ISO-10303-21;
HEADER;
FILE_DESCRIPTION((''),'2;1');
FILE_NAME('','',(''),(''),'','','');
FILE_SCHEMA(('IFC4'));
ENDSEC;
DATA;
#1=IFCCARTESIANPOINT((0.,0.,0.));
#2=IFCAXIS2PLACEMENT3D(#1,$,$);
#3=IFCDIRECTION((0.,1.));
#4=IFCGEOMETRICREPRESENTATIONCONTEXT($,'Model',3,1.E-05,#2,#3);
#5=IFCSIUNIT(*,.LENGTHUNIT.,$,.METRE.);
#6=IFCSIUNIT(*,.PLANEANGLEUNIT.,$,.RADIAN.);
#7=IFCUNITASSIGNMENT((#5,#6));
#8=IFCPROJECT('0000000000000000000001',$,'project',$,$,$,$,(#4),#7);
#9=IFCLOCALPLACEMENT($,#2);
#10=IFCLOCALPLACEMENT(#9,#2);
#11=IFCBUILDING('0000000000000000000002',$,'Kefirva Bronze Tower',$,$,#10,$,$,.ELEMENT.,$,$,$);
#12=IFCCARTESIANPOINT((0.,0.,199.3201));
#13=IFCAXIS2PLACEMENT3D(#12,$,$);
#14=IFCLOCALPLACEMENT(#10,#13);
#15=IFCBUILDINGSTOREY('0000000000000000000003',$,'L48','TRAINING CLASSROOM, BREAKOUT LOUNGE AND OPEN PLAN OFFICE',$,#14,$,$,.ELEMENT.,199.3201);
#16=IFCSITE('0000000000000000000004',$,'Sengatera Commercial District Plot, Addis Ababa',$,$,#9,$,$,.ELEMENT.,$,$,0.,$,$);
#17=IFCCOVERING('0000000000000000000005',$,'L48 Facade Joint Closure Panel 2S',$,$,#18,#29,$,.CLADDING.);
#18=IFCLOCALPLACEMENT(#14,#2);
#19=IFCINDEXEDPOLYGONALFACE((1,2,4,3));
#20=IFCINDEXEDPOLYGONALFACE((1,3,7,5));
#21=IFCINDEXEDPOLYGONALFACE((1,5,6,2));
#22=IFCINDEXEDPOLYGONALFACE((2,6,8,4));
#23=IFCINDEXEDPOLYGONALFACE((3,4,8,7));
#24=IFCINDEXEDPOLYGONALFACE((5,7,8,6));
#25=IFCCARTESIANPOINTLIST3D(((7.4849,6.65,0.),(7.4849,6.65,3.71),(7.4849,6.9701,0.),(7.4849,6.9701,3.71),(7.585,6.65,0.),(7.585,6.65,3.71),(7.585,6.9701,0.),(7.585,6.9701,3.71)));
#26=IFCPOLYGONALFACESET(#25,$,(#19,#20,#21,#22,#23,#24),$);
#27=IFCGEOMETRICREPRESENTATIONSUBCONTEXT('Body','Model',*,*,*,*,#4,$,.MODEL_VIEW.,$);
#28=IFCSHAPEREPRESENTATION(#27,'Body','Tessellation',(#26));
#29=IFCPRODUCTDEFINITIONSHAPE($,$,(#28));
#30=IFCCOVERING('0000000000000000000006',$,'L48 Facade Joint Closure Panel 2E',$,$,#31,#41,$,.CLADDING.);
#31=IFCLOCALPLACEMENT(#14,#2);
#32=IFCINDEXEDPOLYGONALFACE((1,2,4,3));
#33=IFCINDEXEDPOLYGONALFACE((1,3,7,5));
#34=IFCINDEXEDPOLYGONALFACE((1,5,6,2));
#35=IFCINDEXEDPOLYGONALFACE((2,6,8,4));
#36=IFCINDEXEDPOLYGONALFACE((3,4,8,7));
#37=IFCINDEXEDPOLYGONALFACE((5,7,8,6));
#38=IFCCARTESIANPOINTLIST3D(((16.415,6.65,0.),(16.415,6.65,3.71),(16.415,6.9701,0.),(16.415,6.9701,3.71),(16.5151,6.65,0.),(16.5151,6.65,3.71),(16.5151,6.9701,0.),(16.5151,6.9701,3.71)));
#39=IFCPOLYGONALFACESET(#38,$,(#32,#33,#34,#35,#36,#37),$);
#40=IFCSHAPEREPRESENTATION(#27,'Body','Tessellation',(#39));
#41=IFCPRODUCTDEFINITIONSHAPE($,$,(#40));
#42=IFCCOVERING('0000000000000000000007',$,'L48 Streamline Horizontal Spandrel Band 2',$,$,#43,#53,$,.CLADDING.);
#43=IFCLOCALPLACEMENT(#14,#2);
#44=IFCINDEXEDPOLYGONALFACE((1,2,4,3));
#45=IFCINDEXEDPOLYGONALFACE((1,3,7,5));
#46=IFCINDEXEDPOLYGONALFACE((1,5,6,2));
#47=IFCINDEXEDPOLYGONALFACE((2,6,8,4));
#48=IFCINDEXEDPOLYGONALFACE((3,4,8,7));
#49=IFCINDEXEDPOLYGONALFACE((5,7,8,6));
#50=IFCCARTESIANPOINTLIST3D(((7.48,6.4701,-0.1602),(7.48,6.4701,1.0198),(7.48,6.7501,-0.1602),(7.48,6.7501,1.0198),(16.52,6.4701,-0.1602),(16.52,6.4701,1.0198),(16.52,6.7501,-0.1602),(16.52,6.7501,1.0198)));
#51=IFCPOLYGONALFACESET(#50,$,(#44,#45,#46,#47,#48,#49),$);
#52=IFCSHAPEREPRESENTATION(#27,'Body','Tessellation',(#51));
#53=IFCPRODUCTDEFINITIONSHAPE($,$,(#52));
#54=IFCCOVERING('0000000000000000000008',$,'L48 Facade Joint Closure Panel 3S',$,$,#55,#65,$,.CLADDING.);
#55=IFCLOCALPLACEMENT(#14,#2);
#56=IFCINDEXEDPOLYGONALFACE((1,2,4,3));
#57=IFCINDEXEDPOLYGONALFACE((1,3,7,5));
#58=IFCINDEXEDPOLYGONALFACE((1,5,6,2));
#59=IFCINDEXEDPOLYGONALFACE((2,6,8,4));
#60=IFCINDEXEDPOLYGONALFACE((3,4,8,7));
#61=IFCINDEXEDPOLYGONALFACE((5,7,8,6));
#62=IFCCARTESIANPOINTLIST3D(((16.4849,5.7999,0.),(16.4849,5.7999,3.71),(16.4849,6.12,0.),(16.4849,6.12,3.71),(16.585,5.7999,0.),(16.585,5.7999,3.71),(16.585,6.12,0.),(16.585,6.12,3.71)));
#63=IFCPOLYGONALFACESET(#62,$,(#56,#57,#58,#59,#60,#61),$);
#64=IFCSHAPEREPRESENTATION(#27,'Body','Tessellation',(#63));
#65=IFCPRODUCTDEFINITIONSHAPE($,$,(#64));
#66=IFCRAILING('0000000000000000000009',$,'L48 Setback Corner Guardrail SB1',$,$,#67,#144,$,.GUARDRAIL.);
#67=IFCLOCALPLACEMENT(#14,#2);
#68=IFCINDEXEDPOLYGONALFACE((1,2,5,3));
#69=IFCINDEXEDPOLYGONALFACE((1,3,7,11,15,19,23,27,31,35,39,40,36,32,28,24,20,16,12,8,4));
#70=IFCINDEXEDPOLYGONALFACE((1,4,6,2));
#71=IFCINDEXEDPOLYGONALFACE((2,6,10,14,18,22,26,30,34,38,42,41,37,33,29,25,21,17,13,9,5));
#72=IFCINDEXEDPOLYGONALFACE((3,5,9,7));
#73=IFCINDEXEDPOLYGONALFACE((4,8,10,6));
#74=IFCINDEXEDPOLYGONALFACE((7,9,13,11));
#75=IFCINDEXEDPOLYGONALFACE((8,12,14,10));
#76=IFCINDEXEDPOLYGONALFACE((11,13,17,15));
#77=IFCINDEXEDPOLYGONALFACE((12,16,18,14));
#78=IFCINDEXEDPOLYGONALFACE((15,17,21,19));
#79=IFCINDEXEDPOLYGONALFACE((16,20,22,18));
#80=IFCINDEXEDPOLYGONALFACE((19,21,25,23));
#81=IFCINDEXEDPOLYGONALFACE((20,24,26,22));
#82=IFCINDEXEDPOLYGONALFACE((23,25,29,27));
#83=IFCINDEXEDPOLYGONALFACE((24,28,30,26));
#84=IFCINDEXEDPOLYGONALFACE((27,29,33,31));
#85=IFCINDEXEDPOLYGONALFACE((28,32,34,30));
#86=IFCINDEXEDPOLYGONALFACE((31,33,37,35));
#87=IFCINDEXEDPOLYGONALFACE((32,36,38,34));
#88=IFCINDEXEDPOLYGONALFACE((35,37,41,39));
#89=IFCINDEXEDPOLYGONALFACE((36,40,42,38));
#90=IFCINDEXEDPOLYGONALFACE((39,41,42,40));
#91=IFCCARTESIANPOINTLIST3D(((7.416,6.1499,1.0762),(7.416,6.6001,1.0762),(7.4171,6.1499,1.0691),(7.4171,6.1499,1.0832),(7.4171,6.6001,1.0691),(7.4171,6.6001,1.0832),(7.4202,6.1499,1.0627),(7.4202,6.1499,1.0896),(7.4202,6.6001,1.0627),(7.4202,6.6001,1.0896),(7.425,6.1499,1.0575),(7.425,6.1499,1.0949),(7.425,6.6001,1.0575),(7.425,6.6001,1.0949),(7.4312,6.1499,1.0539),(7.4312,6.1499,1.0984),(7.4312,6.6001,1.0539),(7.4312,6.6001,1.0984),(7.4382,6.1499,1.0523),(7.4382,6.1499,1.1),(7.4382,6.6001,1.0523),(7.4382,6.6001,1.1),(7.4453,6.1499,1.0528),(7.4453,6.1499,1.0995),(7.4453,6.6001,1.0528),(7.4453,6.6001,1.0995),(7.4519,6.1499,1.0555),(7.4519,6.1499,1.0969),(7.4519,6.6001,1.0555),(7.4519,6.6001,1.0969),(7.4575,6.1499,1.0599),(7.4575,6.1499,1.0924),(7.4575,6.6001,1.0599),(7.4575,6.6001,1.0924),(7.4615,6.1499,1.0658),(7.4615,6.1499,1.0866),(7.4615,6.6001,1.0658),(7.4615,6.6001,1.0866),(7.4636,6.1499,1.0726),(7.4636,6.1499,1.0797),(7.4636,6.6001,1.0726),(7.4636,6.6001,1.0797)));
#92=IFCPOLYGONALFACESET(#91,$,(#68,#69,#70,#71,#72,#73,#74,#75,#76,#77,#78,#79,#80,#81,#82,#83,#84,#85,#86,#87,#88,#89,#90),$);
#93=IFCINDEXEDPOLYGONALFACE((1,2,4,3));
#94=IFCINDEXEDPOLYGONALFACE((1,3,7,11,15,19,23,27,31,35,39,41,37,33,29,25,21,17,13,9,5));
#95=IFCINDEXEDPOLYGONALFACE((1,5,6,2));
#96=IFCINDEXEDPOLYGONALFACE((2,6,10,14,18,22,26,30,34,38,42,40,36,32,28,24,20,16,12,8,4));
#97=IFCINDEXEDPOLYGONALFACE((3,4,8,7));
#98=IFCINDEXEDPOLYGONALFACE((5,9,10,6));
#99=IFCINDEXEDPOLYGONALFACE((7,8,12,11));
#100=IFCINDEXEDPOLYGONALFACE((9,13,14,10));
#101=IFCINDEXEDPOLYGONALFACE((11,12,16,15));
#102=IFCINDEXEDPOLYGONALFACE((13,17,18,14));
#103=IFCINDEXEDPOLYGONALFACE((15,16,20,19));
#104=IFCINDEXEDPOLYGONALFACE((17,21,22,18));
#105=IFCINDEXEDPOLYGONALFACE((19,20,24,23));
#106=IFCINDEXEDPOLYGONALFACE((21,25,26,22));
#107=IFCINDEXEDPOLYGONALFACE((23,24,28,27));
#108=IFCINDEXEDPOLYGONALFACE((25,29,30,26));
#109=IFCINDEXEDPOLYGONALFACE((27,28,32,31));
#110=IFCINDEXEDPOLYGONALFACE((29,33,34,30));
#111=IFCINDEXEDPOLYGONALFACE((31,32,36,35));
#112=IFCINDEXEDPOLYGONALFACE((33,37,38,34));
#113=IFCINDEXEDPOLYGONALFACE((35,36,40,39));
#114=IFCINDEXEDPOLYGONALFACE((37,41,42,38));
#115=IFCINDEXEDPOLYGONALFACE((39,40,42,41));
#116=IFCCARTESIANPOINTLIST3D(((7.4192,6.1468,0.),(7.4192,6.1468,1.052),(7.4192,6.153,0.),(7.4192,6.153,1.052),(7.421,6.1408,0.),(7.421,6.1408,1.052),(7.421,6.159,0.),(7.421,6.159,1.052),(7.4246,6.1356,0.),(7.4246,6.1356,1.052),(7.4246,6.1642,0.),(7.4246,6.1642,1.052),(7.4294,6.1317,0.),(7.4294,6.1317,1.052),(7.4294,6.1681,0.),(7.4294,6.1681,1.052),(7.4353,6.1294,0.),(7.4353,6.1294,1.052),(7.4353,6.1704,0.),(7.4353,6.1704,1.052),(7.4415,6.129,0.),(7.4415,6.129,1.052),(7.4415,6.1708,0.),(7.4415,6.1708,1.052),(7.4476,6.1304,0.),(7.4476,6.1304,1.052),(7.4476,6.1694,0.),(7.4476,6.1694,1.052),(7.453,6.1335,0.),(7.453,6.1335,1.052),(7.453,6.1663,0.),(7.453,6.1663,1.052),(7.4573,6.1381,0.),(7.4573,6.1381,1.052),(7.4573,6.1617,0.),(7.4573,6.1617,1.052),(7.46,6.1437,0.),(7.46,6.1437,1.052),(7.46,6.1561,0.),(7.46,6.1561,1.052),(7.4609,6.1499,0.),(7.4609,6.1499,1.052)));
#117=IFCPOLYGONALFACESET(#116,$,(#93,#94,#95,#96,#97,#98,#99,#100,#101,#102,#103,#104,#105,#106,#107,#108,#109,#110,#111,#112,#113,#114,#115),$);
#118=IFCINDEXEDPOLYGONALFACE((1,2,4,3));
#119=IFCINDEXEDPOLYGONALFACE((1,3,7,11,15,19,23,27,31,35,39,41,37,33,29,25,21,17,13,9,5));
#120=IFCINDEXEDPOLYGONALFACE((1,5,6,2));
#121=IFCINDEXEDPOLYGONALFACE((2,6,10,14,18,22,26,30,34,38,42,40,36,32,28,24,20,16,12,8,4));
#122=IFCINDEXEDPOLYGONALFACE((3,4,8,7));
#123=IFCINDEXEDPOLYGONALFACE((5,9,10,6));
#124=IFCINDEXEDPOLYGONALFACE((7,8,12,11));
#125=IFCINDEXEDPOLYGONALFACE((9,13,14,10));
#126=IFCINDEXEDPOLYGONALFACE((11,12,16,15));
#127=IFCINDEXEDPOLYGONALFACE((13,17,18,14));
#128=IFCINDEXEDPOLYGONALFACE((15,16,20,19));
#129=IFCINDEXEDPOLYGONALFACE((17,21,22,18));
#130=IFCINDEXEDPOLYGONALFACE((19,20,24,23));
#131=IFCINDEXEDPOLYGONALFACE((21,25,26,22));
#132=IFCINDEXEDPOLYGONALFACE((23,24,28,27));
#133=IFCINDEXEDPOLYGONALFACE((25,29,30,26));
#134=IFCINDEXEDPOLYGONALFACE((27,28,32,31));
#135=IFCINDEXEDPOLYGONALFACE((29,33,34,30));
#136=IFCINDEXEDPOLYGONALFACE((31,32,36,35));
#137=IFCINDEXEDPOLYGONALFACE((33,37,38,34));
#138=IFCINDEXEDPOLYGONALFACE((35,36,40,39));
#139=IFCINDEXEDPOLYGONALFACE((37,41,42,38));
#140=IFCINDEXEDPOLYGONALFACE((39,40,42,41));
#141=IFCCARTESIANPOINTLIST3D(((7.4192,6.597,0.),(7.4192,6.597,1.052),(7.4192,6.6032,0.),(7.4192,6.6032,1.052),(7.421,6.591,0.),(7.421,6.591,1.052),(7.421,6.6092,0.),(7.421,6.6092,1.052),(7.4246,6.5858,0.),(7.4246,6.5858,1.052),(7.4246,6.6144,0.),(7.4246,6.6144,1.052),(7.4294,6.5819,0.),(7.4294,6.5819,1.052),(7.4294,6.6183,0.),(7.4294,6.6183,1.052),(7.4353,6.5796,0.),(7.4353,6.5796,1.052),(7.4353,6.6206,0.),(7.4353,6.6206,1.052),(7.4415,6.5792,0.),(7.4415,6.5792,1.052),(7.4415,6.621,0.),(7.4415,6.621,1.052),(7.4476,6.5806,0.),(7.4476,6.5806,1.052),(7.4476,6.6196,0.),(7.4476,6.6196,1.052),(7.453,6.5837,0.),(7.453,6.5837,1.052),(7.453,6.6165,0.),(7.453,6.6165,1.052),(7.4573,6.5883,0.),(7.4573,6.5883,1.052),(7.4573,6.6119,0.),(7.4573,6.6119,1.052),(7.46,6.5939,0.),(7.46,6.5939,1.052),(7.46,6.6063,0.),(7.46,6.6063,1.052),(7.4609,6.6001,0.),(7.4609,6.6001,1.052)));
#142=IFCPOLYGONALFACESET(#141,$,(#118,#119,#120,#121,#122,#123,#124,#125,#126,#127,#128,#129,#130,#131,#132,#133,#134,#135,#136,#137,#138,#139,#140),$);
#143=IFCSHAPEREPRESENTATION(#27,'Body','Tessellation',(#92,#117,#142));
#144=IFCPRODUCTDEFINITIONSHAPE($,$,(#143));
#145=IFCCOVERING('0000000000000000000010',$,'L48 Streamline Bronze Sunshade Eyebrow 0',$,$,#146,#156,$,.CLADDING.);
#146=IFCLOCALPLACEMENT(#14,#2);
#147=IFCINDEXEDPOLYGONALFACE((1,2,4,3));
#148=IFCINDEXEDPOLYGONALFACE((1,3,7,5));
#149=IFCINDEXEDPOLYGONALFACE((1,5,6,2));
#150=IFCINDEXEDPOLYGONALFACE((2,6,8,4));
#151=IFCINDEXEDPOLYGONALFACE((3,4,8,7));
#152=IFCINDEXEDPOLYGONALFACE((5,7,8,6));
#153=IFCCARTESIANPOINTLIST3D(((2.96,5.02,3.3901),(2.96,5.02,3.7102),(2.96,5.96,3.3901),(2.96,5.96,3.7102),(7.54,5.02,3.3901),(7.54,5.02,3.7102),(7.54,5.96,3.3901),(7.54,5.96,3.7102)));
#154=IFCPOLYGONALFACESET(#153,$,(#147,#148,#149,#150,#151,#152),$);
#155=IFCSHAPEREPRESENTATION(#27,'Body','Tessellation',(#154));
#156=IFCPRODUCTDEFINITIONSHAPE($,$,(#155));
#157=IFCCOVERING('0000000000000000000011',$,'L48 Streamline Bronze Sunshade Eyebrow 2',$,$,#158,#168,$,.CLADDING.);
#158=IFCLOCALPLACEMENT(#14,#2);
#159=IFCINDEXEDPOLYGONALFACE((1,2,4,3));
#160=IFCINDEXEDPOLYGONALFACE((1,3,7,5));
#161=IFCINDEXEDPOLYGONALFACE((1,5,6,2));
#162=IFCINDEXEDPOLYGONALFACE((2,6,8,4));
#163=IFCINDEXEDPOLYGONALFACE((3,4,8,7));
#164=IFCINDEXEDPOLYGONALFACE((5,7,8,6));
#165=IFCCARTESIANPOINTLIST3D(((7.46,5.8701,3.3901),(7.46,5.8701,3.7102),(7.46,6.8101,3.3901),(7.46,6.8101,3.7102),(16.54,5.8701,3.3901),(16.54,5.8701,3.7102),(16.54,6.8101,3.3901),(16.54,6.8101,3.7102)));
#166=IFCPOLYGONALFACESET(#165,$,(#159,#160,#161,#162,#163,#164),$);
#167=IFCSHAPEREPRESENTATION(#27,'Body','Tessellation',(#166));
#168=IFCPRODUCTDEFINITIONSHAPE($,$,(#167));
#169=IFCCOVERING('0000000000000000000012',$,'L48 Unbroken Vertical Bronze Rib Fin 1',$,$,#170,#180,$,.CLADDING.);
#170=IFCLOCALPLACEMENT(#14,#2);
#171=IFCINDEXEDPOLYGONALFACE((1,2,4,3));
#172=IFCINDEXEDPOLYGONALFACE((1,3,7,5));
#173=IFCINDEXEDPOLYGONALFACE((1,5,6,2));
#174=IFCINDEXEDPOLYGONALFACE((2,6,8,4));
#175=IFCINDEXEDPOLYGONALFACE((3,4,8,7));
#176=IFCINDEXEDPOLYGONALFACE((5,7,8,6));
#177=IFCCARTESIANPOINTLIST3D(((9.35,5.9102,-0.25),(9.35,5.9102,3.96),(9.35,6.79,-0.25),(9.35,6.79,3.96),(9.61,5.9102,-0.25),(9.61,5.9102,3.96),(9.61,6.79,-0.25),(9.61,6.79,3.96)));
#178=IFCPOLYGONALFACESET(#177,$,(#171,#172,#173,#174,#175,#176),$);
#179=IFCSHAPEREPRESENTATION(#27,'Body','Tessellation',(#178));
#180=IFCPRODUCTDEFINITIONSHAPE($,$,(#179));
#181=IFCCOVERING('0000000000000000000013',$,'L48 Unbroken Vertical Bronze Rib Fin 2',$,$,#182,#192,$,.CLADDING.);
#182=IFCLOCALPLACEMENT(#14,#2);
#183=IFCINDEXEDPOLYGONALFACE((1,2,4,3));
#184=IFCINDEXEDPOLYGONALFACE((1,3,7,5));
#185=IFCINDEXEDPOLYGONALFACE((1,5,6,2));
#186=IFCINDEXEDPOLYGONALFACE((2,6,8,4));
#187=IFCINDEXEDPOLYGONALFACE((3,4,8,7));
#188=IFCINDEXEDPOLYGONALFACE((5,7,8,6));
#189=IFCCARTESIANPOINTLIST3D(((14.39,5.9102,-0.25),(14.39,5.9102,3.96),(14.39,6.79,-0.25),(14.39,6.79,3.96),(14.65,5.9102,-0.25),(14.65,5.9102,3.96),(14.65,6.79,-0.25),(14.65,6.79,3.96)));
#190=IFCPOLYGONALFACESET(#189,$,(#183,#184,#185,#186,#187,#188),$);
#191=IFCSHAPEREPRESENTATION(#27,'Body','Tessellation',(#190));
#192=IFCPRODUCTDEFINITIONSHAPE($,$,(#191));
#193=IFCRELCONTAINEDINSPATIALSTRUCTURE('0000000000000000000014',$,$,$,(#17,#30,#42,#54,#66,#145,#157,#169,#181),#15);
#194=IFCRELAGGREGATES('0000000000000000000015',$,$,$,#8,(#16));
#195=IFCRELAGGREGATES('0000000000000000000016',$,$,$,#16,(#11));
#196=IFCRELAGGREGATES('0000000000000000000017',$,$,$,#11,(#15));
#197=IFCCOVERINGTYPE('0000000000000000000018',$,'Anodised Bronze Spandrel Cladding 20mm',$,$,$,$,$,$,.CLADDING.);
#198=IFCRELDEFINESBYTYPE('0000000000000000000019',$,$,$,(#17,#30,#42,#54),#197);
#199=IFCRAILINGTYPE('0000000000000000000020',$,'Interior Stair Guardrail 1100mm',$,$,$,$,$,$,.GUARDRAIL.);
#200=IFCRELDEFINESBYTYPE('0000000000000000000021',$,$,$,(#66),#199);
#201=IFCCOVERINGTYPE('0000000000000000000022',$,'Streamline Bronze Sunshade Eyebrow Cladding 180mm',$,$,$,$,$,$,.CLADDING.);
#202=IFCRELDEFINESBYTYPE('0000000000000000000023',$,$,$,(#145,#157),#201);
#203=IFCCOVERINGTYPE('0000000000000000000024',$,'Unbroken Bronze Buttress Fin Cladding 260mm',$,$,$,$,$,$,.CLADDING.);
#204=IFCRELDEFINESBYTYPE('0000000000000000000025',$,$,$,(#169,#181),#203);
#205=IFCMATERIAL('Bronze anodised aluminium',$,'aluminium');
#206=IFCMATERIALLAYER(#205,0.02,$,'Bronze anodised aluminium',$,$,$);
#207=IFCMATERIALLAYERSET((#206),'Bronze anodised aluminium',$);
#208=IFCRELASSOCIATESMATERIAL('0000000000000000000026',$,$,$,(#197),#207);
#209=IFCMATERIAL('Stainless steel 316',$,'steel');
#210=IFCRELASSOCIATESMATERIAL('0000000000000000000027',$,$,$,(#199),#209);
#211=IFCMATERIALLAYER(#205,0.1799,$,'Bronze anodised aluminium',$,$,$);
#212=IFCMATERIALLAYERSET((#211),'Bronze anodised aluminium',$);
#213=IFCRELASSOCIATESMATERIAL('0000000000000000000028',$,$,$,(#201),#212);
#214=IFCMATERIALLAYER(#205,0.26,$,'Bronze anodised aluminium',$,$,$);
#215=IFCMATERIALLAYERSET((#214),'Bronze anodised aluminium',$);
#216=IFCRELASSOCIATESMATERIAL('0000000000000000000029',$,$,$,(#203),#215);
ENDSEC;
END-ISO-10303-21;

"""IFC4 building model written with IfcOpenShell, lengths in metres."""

from ifc_helpers import new_model, si_unit, direction, frame, origin, origin_2d, place, context, subcontext, project, spatial, rectangle, circle, extrude, material, layer, layer_set, type_object, element, save


model = new_model("IFC4")

# Units and contexts
model_context = context("Model", 3, precision=1e-05, world=origin(), true_north=direction((0.0, 1.0)))
body_context = subcontext(model_context, "Body", "Model", "MODEL_VIEW")
ifc_project = project(units=[si_unit("LENGTHUNIT", "METRE"), si_unit("PLANEANGLEUNIT", "RADIAN")], contexts=[model_context])

# Site, building, storey
site_placement = place(None, origin())
site = spatial("IfcSite", under=ifc_project, at=site_placement, Name="Sengatera Commercial District Plot, Addis Ababa", CompositionType="ELEMENT", RefElevation=0.0)
building_placement = place(site_placement, origin())
building = spatial("IfcBuilding", under=site, at=building_placement, Name="Kefirva Bronze Tower", CompositionType="ELEMENT")
storey_placement = place(building_placement, frame((0.0, 0.0, 199.3201)))
storey = spatial("IfcBuildingStorey", under=building, at=storey_placement, Name="L48", Description="TRAINING CLASSROOM, BREAKOUT LOUNGE AND OPEN PLAN OFFICE", CompositionType="ELEMENT", Elevation=199.3201)

# Coverings
ifc_material_1 = material(Name="Bronze anodised aluminium", Category="aluminium")
ifc_layer_1 = layer(ifc_material_1, 0.02, Name="Bronze anodised aluminium")
ifc_layer_set_1 = layer_set([ifc_layer_1], Name="Bronze anodised aluminium")
covering_type_1 = type_object("IfcCoveringType", Name="Anodised Bronze Spandrel Cladding 20mm", PredefinedType="CLADDING", material=ifc_layer_set_1)
for number, where, z_axis, x_axis, name in (
    (1, (7.5349, 6.8101, 0.0), (0.0, 0.0, 1.0), (1.0, 0.0, 0.0), "L48 Facade Joint Closure Panel 2S"),
    (2, (16.4651, 6.8101, 0.0), (0.0, 0.0, 1.0), (1.0, 0.0, 0.0), "L48 Facade Joint Closure Panel 2E"),
):
    element("IfcCovering", number, at=place(storey_placement, frame(where, z_axis=z_axis, x_axis=x_axis)), inside=storey, type_object=covering_type_1, Name=name, PredefinedType="CLADDING", context=body_context, shape_type="SweptSolid", body=[
        extrude(rectangle(XDim=0.1001, YDim=0.3201, at=origin_2d()), origin(), (0.0, 0.0, 1.0), 3.71),
    ])
covering_1_placement = place(storey_placement, frame((12.0, 6.6101, -0.1602), z_axis=(0.0, 0.0, 1.0), x_axis=(1.0, 0.0, 0.0)))
element("IfcCovering", 3, at=covering_1_placement, inside=storey, type_object=covering_type_1, Name="L48 Streamline Horizontal Spandrel Band 2", PredefinedType="CLADDING", context=body_context, shape_type="SweptSolid", body=[
    extrude(rectangle(XDim=9.04, YDim=0.28, at=origin_2d()), origin(), (0.0, 0.0, 1.0), 1.1799),
])
covering_2_placement = place(storey_placement, frame((16.5349, 5.96, 0.0), z_axis=(0.0, 0.0, 1.0), x_axis=(1.0, 0.0, 0.0)))
element("IfcCovering", 4, at=covering_2_placement, inside=storey, type_object=covering_type_1, Name="L48 Facade Joint Closure Panel 3S", PredefinedType="CLADDING", context=body_context, shape_type="SweptSolid", body=[
    extrude(rectangle(XDim=0.1001, YDim=0.3201, at=origin_2d()), origin(), (0.0, 0.0, 1.0), 3.71),
])

# Railing
ifc_material_2 = material(Name="Stainless steel 316", Category="steel")
railing_type = type_object("IfcRailingType", Name="Interior Stair Guardrail 1100mm", PredefinedType="GUARDRAIL", material=ifc_material_2)
railing_placement = place(storey_placement, frame((7.4399, 6.1499, 0.0)))
element("IfcRailing", 5, at=railing_placement, inside=storey, type_object=railing_type, Name="L48 Setback Corner Guardrail SB1", PredefinedType="GUARDRAIL", context=body_context, shape_type="SweptSolid", body=[
    extrude(circle(Radius=0.0239, at=origin_2d()), frame((0.0, 0.0, 1.0762), z_axis=(0.0, 1.0, 0.0), x_axis=(-1.0, 0.0, 0.0)), (0.0, 0.0, 1.0), 0.4502),
    extrude(circle(Radius=0.021, at=origin_2d()), origin(), (0.0, 0.0, 1.0), 1.052),
    extrude(circle(Radius=0.021, at=origin_2d()), frame((0.0, 0.4502, 0.0)), (0.0, 0.0, 1.0), 1.052),
])

# Coverings
ifc_layer_2 = layer(ifc_material_1, 0.1799, Name="Bronze anodised aluminium")
ifc_layer_set_2 = layer_set([ifc_layer_2], Name="Bronze anodised aluminium")
covering_type_2 = type_object("IfcCoveringType", Name="Streamline Bronze Sunshade Eyebrow Cladding 180mm", PredefinedType="CLADDING", material=ifc_layer_set_2)
covering_3_placement = place(storey_placement, frame((5.25, 5.49, 3.3901), z_axis=(0.0, 0.0, 1.0), x_axis=(1.0, 0.0, 0.0)))
element("IfcCovering", 6, at=covering_3_placement, inside=storey, type_object=covering_type_2, Name="L48 Streamline Bronze Sunshade Eyebrow 0", PredefinedType="CLADDING", context=body_context, shape_type="SweptSolid", body=[
    extrude(rectangle(XDim=4.5801, YDim=0.9399, at=origin_2d()), origin(), (0.0, 0.0, 1.0), 0.3201),
])
covering_4_placement = place(storey_placement, frame((12.0, 6.3401, 3.3901), z_axis=(0.0, 0.0, 1.0), x_axis=(1.0, 0.0, 0.0)))
element("IfcCovering", 7, at=covering_4_placement, inside=storey, type_object=covering_type_2, Name="L48 Streamline Bronze Sunshade Eyebrow 2", PredefinedType="CLADDING", context=body_context, shape_type="SweptSolid", body=[
    extrude(rectangle(XDim=9.0801, YDim=0.9399, at=origin_2d()), origin(), (0.0, 0.0, 1.0), 0.3201),
])
ifc_layer_3 = layer(ifc_material_1, 0.26, Name="Bronze anodised aluminium")
ifc_layer_set_3 = layer_set([ifc_layer_3], Name="Bronze anodised aluminium")
covering_type_3 = type_object("IfcCoveringType", Name="Unbroken Bronze Buttress Fin Cladding 260mm", PredefinedType="CLADDING", material=ifc_layer_set_3)
for number, where, z_axis, x_axis, name in (
    (8, (9.48, 6.3501, -0.25), (0.0, 0.0, 1.0), (1.0, 0.0, 0.0), "L48 Unbroken Vertical Bronze Rib Fin 1"),
    (9, (14.52, 6.3501, -0.25), (0.0, 0.0, 1.0), (1.0, 0.0, 0.0), "L48 Unbroken Vertical Bronze Rib Fin 2"),
):
    element("IfcCovering", number, at=place(storey_placement, frame(where, z_axis=z_axis, x_axis=x_axis)), inside=storey, type_object=covering_type_3, Name=name, PredefinedType="CLADDING", context=body_context, shape_type="SweptSolid", body=[
        extrude(rectangle(XDim=0.26, YDim=0.8799, at=origin_2d()), origin(), (0.0, 0.0, 1.0), 4.21),
    ])

save(model, "model.ifc")
